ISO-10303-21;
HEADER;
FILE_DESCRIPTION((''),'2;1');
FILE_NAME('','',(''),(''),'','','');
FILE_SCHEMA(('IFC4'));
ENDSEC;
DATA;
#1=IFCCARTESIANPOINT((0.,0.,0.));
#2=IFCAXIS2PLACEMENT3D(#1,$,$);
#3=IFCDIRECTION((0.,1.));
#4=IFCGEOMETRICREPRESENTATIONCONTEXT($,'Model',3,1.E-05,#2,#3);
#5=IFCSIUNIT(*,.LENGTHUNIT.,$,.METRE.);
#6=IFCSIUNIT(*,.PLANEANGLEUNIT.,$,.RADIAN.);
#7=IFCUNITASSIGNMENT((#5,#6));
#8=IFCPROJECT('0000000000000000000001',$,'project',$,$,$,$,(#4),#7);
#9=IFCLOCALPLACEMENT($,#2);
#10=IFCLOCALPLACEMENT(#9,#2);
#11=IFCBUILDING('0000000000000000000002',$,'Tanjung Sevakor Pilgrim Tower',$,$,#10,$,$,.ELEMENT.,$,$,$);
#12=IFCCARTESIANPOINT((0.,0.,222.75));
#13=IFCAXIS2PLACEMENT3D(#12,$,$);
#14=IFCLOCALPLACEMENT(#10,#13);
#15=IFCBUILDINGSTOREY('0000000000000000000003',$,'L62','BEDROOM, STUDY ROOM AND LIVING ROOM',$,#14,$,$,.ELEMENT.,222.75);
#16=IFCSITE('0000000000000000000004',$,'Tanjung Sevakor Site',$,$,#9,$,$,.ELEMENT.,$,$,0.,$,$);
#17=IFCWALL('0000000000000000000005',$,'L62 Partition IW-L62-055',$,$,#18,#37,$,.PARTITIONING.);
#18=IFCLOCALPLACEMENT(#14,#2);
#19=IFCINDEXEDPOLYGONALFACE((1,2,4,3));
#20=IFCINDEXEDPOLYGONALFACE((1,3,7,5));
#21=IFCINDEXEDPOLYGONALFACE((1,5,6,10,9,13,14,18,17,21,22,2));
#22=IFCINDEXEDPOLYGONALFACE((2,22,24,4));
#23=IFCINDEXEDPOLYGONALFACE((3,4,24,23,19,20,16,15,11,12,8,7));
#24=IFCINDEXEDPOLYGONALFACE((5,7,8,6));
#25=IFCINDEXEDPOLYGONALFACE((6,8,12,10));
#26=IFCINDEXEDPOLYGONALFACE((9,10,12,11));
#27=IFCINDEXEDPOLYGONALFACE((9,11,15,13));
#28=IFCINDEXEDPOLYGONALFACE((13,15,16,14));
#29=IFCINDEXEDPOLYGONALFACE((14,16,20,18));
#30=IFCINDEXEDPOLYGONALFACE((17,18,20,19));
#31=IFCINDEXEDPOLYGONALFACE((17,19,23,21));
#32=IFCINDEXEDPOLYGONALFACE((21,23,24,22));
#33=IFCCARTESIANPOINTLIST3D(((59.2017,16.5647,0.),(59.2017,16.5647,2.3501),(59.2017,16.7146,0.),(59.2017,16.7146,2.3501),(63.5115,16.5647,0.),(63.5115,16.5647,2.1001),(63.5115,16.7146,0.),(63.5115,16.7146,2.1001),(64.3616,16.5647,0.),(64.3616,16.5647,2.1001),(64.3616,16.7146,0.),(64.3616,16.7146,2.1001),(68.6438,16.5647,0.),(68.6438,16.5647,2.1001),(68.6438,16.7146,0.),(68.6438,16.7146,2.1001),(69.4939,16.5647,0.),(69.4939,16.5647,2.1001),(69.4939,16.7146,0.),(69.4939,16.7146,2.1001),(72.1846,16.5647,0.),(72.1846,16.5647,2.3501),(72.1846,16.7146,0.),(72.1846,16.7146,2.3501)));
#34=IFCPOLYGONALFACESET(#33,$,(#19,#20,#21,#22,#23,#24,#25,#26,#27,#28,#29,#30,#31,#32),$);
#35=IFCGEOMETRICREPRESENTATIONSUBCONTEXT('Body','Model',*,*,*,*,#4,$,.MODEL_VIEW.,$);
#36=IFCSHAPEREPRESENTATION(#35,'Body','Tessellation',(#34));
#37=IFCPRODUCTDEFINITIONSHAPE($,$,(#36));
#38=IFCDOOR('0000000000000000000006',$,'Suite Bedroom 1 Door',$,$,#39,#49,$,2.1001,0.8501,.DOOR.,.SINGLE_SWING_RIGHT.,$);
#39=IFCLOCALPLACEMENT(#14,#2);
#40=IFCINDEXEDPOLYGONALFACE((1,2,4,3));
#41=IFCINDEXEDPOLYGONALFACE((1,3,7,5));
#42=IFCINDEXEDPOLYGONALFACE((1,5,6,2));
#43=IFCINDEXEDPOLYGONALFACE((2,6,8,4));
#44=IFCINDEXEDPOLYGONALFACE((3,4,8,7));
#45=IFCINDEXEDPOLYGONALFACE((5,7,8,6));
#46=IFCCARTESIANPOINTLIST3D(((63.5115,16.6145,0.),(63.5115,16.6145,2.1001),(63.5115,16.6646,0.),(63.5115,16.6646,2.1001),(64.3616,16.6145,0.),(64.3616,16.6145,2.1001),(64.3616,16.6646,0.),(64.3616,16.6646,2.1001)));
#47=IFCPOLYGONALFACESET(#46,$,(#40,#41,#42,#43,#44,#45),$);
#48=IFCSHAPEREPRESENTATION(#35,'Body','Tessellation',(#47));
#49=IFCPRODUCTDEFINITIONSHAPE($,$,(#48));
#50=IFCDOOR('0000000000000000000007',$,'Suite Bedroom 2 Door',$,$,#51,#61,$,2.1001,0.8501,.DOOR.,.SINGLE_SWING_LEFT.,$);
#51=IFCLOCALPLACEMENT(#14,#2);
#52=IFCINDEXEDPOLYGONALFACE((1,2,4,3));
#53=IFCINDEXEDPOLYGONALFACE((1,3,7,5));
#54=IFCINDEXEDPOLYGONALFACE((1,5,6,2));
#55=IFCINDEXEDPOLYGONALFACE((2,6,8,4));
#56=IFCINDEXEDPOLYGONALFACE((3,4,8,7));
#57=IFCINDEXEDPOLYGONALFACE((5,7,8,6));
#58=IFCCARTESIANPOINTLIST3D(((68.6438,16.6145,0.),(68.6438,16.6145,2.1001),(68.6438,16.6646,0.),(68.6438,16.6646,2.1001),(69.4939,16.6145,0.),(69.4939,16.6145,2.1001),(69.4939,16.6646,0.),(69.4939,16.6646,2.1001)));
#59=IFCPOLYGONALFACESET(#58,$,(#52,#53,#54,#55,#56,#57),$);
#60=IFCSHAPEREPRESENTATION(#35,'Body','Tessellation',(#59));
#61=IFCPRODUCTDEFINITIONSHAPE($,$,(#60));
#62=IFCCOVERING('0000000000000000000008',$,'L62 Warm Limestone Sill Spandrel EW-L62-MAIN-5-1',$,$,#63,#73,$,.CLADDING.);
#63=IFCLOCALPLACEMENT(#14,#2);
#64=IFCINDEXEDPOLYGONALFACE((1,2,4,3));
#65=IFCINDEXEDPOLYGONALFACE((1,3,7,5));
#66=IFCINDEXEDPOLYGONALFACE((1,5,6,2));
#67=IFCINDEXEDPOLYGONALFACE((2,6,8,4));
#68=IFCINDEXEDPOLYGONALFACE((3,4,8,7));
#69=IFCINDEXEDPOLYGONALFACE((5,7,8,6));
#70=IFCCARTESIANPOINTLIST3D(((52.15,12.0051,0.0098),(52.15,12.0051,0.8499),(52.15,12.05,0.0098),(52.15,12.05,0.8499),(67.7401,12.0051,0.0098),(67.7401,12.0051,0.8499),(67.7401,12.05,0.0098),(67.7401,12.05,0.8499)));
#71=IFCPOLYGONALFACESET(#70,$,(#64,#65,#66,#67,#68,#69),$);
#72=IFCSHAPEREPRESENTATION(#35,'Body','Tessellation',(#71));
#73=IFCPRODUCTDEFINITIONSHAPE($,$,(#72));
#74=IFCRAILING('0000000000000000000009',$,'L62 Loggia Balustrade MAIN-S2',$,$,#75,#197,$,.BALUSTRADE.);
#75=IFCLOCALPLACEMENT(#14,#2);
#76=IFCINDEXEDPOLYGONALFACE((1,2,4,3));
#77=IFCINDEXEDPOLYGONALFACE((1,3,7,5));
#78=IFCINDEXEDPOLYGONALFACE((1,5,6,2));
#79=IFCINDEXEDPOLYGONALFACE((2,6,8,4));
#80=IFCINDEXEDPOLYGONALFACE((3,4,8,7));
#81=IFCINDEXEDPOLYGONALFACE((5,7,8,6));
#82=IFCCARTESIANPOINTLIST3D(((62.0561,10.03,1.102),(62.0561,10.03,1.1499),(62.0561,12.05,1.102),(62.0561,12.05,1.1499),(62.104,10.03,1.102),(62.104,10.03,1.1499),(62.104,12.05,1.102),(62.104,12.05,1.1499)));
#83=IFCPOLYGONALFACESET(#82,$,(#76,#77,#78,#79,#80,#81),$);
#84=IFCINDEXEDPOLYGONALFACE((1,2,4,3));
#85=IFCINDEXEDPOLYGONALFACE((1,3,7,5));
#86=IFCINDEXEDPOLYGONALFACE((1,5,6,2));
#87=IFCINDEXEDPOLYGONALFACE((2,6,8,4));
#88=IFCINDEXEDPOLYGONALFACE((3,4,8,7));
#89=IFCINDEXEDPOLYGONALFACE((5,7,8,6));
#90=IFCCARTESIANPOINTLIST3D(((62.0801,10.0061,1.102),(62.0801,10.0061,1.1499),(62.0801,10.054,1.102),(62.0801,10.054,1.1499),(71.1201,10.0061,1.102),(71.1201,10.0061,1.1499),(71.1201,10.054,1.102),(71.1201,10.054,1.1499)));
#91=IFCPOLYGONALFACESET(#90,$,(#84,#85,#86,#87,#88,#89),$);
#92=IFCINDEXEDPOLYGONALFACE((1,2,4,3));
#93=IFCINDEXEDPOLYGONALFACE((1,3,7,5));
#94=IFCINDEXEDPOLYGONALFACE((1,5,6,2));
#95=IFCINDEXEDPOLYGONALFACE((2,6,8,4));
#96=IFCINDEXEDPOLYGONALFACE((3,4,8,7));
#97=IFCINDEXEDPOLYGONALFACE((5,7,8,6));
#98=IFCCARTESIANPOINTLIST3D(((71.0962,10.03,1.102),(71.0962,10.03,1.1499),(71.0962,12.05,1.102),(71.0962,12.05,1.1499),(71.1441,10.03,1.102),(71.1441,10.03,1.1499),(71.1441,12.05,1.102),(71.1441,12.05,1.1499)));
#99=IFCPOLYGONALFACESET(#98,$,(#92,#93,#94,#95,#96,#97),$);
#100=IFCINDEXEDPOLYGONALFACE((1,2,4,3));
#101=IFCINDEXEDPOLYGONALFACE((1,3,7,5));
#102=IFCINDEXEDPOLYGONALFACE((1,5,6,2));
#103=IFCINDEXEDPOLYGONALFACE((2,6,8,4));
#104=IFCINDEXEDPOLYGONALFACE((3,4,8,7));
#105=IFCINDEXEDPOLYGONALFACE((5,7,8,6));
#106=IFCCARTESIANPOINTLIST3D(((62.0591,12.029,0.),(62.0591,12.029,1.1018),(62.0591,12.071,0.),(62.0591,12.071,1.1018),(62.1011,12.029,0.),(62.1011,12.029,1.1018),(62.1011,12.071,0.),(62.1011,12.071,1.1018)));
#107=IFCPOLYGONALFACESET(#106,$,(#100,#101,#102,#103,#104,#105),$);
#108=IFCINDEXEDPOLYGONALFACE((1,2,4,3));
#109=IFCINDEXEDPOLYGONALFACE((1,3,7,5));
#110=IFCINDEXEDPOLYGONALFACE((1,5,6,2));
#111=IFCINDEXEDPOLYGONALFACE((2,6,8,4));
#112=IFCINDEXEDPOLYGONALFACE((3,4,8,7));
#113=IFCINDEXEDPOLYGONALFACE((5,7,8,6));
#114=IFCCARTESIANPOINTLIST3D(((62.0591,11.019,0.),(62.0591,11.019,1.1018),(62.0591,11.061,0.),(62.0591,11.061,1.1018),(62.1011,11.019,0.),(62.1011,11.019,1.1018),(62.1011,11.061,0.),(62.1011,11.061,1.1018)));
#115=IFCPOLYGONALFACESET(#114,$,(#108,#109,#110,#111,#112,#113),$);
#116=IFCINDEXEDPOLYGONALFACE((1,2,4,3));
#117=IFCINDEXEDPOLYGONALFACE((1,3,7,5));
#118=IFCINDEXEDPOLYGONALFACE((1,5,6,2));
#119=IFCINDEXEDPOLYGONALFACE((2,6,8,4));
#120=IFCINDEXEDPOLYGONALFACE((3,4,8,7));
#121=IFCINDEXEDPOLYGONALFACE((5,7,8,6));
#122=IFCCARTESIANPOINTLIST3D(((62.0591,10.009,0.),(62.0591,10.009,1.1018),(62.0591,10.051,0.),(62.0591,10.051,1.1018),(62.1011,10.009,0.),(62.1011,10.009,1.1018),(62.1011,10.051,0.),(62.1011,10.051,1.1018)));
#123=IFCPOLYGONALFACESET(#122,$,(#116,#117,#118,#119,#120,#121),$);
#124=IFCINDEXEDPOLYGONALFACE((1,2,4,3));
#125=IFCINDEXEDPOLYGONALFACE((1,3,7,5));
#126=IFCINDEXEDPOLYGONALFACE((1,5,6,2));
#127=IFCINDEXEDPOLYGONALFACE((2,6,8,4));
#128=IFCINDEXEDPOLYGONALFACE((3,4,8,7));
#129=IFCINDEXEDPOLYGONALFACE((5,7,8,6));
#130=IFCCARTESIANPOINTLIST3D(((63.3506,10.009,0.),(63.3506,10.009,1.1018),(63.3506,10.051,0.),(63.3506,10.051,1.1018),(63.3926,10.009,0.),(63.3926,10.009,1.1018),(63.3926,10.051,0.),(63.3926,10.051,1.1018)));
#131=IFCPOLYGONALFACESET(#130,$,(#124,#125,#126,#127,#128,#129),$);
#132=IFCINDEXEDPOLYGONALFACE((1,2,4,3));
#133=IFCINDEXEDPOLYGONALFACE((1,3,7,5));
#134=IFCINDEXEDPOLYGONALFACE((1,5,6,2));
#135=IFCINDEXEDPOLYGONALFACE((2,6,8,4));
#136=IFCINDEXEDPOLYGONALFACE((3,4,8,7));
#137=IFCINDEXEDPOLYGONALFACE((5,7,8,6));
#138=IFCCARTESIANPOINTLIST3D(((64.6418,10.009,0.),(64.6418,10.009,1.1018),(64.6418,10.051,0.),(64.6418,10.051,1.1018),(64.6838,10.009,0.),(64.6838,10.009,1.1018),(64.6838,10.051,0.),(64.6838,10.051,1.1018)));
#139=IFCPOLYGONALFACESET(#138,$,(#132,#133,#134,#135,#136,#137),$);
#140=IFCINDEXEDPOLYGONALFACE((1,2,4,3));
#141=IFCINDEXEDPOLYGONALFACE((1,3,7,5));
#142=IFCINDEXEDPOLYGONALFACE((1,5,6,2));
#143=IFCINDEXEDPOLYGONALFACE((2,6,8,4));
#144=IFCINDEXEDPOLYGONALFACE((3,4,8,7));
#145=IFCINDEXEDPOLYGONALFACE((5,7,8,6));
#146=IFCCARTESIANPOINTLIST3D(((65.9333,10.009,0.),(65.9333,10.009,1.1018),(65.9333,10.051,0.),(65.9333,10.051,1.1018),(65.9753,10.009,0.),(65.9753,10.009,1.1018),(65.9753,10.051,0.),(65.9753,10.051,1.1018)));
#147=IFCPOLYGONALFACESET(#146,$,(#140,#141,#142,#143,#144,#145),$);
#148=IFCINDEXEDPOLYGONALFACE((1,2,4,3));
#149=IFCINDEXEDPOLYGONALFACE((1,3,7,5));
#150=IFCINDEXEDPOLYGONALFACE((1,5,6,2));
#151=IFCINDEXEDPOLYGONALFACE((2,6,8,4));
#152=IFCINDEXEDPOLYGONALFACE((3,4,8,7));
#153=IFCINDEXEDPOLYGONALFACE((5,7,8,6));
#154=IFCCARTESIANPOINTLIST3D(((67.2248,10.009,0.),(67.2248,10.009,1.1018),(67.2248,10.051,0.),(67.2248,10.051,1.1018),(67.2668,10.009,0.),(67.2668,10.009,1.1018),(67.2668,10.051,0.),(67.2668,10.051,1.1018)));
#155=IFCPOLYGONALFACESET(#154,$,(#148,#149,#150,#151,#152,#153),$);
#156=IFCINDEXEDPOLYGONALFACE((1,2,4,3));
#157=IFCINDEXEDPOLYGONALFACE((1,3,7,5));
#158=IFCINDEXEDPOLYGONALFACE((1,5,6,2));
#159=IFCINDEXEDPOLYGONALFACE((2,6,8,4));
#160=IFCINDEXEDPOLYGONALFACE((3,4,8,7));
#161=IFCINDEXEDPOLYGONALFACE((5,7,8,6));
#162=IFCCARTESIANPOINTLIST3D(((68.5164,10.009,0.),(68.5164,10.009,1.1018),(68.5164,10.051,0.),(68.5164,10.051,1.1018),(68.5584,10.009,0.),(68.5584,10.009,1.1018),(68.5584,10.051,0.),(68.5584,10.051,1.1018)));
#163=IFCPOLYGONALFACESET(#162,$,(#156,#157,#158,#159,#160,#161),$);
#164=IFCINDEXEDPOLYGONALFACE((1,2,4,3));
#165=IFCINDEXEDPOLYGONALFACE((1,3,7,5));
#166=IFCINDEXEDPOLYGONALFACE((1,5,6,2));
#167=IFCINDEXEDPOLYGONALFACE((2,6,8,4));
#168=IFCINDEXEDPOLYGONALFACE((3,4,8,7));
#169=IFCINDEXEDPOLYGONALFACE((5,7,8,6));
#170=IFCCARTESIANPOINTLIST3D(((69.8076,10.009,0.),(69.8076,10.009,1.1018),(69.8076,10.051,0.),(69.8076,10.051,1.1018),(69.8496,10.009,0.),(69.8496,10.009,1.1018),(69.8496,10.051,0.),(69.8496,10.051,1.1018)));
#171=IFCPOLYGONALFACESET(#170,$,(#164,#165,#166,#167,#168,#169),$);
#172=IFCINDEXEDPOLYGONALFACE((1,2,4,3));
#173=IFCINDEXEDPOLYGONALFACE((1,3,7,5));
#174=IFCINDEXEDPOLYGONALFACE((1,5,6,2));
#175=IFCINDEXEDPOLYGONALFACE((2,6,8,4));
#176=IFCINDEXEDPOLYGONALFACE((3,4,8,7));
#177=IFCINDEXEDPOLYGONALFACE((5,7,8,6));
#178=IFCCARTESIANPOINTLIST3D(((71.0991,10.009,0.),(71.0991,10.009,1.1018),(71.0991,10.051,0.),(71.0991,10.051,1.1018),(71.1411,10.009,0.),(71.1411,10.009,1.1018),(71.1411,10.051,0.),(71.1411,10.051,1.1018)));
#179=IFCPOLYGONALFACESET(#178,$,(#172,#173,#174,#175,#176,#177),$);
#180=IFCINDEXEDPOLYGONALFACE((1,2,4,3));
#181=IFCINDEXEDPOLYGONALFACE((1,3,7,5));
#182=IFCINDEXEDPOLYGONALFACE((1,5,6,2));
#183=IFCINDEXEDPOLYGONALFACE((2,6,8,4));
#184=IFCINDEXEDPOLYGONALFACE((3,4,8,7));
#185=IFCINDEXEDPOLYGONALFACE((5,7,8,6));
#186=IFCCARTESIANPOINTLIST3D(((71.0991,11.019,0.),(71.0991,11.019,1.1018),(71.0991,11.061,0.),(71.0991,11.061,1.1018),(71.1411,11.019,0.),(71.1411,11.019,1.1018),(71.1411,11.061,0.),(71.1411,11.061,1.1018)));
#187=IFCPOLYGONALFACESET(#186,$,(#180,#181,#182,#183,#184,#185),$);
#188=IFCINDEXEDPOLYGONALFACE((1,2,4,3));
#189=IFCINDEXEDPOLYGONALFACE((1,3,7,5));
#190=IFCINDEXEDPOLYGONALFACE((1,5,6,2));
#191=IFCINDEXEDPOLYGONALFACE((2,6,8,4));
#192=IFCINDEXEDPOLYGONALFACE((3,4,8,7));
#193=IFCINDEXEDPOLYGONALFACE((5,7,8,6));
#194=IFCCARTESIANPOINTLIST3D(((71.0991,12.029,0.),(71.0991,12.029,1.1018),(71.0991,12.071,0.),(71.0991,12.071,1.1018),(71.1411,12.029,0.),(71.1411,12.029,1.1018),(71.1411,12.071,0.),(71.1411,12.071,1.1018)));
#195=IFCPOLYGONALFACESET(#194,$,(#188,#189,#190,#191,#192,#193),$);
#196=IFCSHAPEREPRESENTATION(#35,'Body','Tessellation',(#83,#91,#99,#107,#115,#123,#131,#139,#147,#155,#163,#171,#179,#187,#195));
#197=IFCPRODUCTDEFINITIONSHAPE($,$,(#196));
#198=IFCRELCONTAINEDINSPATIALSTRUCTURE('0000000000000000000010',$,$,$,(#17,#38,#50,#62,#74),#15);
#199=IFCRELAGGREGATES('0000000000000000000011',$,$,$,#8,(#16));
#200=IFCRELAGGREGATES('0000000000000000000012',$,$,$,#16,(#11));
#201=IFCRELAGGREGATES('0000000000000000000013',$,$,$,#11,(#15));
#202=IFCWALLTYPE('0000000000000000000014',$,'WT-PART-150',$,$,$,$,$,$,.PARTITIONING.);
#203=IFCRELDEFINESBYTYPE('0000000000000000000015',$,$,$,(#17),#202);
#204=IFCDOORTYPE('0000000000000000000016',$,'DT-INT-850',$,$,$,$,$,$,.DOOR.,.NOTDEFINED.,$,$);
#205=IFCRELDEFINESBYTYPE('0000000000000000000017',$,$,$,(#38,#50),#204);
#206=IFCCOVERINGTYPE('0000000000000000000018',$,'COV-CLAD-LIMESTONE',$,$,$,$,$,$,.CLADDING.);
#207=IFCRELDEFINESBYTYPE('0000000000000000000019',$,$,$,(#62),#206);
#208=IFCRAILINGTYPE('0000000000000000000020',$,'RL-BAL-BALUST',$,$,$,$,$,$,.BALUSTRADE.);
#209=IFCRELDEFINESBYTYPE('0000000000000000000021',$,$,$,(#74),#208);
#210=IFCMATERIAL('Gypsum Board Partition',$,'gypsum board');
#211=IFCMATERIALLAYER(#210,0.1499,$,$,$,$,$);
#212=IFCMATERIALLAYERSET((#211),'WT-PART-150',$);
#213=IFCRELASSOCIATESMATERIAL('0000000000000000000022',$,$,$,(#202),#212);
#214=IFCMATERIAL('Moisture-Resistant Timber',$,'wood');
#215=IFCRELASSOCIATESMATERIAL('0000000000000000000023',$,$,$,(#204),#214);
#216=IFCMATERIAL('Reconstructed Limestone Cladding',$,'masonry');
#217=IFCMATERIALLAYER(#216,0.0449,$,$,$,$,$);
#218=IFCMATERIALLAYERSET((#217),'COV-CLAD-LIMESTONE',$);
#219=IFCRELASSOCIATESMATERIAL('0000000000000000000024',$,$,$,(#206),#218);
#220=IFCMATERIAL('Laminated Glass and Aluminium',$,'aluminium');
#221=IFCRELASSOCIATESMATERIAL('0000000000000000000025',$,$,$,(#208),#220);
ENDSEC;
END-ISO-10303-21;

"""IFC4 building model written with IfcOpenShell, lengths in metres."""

from ifc_helpers import new_model, si_unit, direction, frame, frame_2d, origin, origin_2d, place, context, subcontext, project, spatial, rectangle, extrude, material, layer, layer_set, type_object, element, fill, save


model = new_model("IFC4")

# Units and contexts
model_context = context("Model", 3, precision=1e-05, world=origin(), true_north=direction((0.0, 1.0)))
body_context = subcontext(model_context, "Body", "Model", "MODEL_VIEW")
ifc_project = project(units=[si_unit("LENGTHUNIT", "METRE"), si_unit("PLANEANGLEUNIT", "RADIAN")], contexts=[model_context])

# Site, building, storey
site_placement = place(None, origin())
site = spatial("IfcSite", under=ifc_project, at=site_placement, Name="Tanjung Sevakor Site", CompositionType="ELEMENT", RefElevation=0.0)
building_placement = place(site_placement, origin())
building = spatial("IfcBuilding", under=site, at=building_placement, Name="Tanjung Sevakor Pilgrim Tower", CompositionType="ELEMENT")
storey_placement = place(building_placement, frame((0.0, 0.0, 222.75)))
storey = spatial("IfcBuildingStorey", under=building, at=storey_placement, Name="L62", Description="BEDROOM, STUDY ROOM AND LIVING ROOM", CompositionType="ELEMENT", Elevation=222.75)

# Shared definitions
ifc_material_1 = material(Name="Gypsum Board Partition", Category="gypsum board")
ifc_layer_1 = layer(ifc_material_1, 0.1499)
ifc_layer_set_1 = layer_set([ifc_layer_1], Name="WT-PART-150")
wall_type_1 = type_object("IfcWallType", Name="WT-PART-150", PredefinedType="PARTITIONING", material=ifc_layer_set_1)

# Shared definitions
ifc_material_2 = material(Name="Moisture-Resistant Timber", Category="wood")
door_type_1 = type_object("IfcDoorType", Name="DT-INT-850", OperationType="NOTDEFINED", PredefinedType="DOOR", material=ifc_material_2)

# Wall, openings, doors
wall_1_placement = place(storey_placement, frame((59.2017, 16.6396, 0.0), z_axis=(0.0, 0.0, 1.0), x_axis=(1.0, 0.0, 0.0)))
wall_1 = element("IfcWall", 1, at=wall_1_placement, inside=storey, type_object=wall_type_1, Name="L62 Partition IW-L62-055", PredefinedType="PARTITIONING", context=body_context, shape_type="SweptSolid", body=[
    extrude(rectangle(XDim=12.9829, YDim=0.1499, at=frame_2d((6.4915, 0.0))), origin(), (0.0, 0.0, 1.0), 2.3501),
])
opening_1_placement = place(wall_1_placement, frame((4.3098, 0.0, 0.0)))
opening_1 = element("IfcOpeningElement", 2, at=opening_1_placement, cuts=wall_1, PredefinedType="OPENING", context=body_context, shape_type="SweptSolid", body=[
    extrude(rectangle(XDim=0.8501, YDim=2.1001, at=frame_2d((0.425, 1.05))), frame((0.0, 0.085, 0.0), z_axis=(0.0, -1.0, 0.0), x_axis=(1.0, 0.0, 0.0)), (0.0, 0.0, 1.0), 0.1699),
])
opening_2_placement = place(wall_1_placement, frame((9.4421, 0.0, 0.0)))
opening_2 = element("IfcOpeningElement", 3, at=opening_2_placement, cuts=wall_1, PredefinedType="OPENING", context=body_context, shape_type="SweptSolid", body=[
    extrude(rectangle(XDim=0.8501, YDim=2.1001, at=frame_2d((0.425, 1.05))), frame((0.0, 0.085, 0.0), z_axis=(0.0, -1.0, 0.0), x_axis=(1.0, 0.0, 0.0)), (0.0, 0.0, 1.0), 0.1699),
])
door_1_placement = place(opening_1_placement, origin())
door_1 = element("IfcDoor", 4, at=door_1_placement, inside=storey, type_object=door_type_1, Name="Suite Bedroom 1 Door", OperationType="SINGLE_SWING_RIGHT", OverallHeight=2.1001, OverallWidth=0.8501, PredefinedType="DOOR", context=body_context, shape_type="SweptSolid", body=[
    extrude(rectangle(XDim=0.8501, YDim=2.1001, at=frame_2d((0.425, 1.05))), frame((0.0, 0.0249, 0.0), z_axis=(0.0, -1.0, 0.0), x_axis=(1.0, 0.0, 0.0)), (0.0, 0.0, 1.0), 0.05),
])
fill(opening_1, door_1)
door_2_placement = place(opening_2_placement, origin())
door_2 = element("IfcDoor", 5, at=door_2_placement, inside=storey, type_object=door_type_1, Name="Suite Bedroom 2 Door", OperationType="SINGLE_SWING_LEFT", OverallHeight=2.1001, OverallWidth=0.8501, PredefinedType="DOOR", context=body_context, shape_type="SweptSolid", body=[
    extrude(rectangle(XDim=0.8501, YDim=2.1001, at=frame_2d((0.425, 1.05))), frame((0.0, 0.0249, 0.0), z_axis=(0.0, -1.0, 0.0), x_axis=(1.0, 0.0, 0.0)), (0.0, 0.0, 1.0), 0.05),
])
fill(opening_2, door_2)

# Covering
ifc_material_3 = material(Name="Reconstructed Limestone Cladding", Category="masonry")
ifc_layer_2 = layer(ifc_material_3, 0.0449)
ifc_layer_set_2 = layer_set([ifc_layer_2], Name="COV-CLAD-LIMESTONE")
covering_type = type_object("IfcCoveringType", Name="COV-CLAD-LIMESTONE", PredefinedType="CLADDING", material=ifc_layer_set_2)
covering_placement = place(storey_placement, frame((59.9451, 12.0276, 0.0098), z_axis=(0.0, 0.0, 1.0), x_axis=(1.0, 0.0, 0.0)))
element("IfcCovering", 6, at=covering_placement, inside=storey, type_object=covering_type, Name="L62 Warm Limestone Sill Spandrel EW-L62-MAIN-5-1", PredefinedType="CLADDING", context=body_context, shape_type="SweptSolid", body=[
    extrude(rectangle(XDim=15.5901, YDim=0.0449, at=origin_2d()), origin(), (0.0, 0.0, 1.0), 0.8401),
])

# Railing
ifc_material_4 = material(Name="Laminated Glass and Aluminium", Category="aluminium")
railing_type = type_object("IfcRailingType", Name="RL-BAL-BALUST", PredefinedType="BALUSTRADE", material=ifc_material_4)
railing_placement = place(storey_placement, frame((62.0801, 12.05, 0.0)))
element("IfcRailing", 7, at=railing_placement, inside=storey, type_object=railing_type, Name="L62 Loggia Balustrade MAIN-S2", PredefinedType="BALUSTRADE", context=body_context, shape_type="SweptSolid", body=[
    extrude(rectangle(XDim=0.0479, YDim=0.0479), frame((0.0, 0.0, 1.126), z_axis=(0.0, -1.0, 0.0), x_axis=(1.0, 0.0, 0.0)), (0.0, 0.0, 1.0), 2.02),
    extrude(rectangle(XDim=0.0479, YDim=0.0479), frame((0.0, -2.02, 1.126), z_axis=(1.0, 0.0, 0.0), x_axis=(0.0, 1.0, 0.0)), (0.0, 0.0, 1.0), 9.04),
    extrude(rectangle(XDim=0.0479, YDim=0.0479), frame((9.04, -2.02, 1.126), z_axis=(0.0, 1.0, 0.0), x_axis=(-1.0, 0.0, 0.0)), (0.0, 0.0, 1.0), 2.02),
    extrude(rectangle(XDim=0.042, YDim=0.042), origin(), (0.0, 0.0, 1.0), 1.1018),
    extrude(rectangle(XDim=0.042, YDim=0.042), frame((0.0, -1.01, 0.0)), (0.0, 0.0, 1.0), 1.1018),
    extrude(rectangle(XDim=0.042, YDim=0.042), frame((0.0, -2.02, 0.0)), (0.0, 0.0, 1.0), 1.1018),
    extrude(rectangle(XDim=0.042, YDim=0.042), frame((1.2915, -2.02, 0.0)), (0.0, 0.0, 1.0), 1.1018),
    extrude(rectangle(XDim=0.042, YDim=0.042), frame((2.5828, -2.02, 0.0)), (0.0, 0.0, 1.0), 1.1018),
    extrude(rectangle(XDim=0.042, YDim=0.042), frame((3.8743, -2.02, 0.0)), (0.0, 0.0, 1.0), 1.1018),
    extrude(rectangle(XDim=0.042, YDim=0.042), frame((5.1658, -2.02, 0.0)), (0.0, 0.0, 1.0), 1.1018),
    extrude(rectangle(XDim=0.042, YDim=0.042), frame((6.4573, -2.02, 0.0)), (0.0, 0.0, 1.0), 1.1018),
    extrude(rectangle(XDim=0.042, YDim=0.042), frame((7.7485, -2.02, 0.0)), (0.0, 0.0, 1.0), 1.1018),
    extrude(rectangle(XDim=0.042, YDim=0.042), frame((9.04, -2.02, 0.0)), (0.0, 0.0, 1.0), 1.1018),
    extrude(rectangle(XDim=0.042, YDim=0.042), frame((9.04, -1.01, 0.0)), (0.0, 0.0, 1.0), 1.1018),
    extrude(rectangle(XDim=0.042, YDim=0.042), frame((9.04, 0.0, 0.0)), (0.0, 0.0, 1.0), 1.1018),
])

save(model, "model.ifc")
